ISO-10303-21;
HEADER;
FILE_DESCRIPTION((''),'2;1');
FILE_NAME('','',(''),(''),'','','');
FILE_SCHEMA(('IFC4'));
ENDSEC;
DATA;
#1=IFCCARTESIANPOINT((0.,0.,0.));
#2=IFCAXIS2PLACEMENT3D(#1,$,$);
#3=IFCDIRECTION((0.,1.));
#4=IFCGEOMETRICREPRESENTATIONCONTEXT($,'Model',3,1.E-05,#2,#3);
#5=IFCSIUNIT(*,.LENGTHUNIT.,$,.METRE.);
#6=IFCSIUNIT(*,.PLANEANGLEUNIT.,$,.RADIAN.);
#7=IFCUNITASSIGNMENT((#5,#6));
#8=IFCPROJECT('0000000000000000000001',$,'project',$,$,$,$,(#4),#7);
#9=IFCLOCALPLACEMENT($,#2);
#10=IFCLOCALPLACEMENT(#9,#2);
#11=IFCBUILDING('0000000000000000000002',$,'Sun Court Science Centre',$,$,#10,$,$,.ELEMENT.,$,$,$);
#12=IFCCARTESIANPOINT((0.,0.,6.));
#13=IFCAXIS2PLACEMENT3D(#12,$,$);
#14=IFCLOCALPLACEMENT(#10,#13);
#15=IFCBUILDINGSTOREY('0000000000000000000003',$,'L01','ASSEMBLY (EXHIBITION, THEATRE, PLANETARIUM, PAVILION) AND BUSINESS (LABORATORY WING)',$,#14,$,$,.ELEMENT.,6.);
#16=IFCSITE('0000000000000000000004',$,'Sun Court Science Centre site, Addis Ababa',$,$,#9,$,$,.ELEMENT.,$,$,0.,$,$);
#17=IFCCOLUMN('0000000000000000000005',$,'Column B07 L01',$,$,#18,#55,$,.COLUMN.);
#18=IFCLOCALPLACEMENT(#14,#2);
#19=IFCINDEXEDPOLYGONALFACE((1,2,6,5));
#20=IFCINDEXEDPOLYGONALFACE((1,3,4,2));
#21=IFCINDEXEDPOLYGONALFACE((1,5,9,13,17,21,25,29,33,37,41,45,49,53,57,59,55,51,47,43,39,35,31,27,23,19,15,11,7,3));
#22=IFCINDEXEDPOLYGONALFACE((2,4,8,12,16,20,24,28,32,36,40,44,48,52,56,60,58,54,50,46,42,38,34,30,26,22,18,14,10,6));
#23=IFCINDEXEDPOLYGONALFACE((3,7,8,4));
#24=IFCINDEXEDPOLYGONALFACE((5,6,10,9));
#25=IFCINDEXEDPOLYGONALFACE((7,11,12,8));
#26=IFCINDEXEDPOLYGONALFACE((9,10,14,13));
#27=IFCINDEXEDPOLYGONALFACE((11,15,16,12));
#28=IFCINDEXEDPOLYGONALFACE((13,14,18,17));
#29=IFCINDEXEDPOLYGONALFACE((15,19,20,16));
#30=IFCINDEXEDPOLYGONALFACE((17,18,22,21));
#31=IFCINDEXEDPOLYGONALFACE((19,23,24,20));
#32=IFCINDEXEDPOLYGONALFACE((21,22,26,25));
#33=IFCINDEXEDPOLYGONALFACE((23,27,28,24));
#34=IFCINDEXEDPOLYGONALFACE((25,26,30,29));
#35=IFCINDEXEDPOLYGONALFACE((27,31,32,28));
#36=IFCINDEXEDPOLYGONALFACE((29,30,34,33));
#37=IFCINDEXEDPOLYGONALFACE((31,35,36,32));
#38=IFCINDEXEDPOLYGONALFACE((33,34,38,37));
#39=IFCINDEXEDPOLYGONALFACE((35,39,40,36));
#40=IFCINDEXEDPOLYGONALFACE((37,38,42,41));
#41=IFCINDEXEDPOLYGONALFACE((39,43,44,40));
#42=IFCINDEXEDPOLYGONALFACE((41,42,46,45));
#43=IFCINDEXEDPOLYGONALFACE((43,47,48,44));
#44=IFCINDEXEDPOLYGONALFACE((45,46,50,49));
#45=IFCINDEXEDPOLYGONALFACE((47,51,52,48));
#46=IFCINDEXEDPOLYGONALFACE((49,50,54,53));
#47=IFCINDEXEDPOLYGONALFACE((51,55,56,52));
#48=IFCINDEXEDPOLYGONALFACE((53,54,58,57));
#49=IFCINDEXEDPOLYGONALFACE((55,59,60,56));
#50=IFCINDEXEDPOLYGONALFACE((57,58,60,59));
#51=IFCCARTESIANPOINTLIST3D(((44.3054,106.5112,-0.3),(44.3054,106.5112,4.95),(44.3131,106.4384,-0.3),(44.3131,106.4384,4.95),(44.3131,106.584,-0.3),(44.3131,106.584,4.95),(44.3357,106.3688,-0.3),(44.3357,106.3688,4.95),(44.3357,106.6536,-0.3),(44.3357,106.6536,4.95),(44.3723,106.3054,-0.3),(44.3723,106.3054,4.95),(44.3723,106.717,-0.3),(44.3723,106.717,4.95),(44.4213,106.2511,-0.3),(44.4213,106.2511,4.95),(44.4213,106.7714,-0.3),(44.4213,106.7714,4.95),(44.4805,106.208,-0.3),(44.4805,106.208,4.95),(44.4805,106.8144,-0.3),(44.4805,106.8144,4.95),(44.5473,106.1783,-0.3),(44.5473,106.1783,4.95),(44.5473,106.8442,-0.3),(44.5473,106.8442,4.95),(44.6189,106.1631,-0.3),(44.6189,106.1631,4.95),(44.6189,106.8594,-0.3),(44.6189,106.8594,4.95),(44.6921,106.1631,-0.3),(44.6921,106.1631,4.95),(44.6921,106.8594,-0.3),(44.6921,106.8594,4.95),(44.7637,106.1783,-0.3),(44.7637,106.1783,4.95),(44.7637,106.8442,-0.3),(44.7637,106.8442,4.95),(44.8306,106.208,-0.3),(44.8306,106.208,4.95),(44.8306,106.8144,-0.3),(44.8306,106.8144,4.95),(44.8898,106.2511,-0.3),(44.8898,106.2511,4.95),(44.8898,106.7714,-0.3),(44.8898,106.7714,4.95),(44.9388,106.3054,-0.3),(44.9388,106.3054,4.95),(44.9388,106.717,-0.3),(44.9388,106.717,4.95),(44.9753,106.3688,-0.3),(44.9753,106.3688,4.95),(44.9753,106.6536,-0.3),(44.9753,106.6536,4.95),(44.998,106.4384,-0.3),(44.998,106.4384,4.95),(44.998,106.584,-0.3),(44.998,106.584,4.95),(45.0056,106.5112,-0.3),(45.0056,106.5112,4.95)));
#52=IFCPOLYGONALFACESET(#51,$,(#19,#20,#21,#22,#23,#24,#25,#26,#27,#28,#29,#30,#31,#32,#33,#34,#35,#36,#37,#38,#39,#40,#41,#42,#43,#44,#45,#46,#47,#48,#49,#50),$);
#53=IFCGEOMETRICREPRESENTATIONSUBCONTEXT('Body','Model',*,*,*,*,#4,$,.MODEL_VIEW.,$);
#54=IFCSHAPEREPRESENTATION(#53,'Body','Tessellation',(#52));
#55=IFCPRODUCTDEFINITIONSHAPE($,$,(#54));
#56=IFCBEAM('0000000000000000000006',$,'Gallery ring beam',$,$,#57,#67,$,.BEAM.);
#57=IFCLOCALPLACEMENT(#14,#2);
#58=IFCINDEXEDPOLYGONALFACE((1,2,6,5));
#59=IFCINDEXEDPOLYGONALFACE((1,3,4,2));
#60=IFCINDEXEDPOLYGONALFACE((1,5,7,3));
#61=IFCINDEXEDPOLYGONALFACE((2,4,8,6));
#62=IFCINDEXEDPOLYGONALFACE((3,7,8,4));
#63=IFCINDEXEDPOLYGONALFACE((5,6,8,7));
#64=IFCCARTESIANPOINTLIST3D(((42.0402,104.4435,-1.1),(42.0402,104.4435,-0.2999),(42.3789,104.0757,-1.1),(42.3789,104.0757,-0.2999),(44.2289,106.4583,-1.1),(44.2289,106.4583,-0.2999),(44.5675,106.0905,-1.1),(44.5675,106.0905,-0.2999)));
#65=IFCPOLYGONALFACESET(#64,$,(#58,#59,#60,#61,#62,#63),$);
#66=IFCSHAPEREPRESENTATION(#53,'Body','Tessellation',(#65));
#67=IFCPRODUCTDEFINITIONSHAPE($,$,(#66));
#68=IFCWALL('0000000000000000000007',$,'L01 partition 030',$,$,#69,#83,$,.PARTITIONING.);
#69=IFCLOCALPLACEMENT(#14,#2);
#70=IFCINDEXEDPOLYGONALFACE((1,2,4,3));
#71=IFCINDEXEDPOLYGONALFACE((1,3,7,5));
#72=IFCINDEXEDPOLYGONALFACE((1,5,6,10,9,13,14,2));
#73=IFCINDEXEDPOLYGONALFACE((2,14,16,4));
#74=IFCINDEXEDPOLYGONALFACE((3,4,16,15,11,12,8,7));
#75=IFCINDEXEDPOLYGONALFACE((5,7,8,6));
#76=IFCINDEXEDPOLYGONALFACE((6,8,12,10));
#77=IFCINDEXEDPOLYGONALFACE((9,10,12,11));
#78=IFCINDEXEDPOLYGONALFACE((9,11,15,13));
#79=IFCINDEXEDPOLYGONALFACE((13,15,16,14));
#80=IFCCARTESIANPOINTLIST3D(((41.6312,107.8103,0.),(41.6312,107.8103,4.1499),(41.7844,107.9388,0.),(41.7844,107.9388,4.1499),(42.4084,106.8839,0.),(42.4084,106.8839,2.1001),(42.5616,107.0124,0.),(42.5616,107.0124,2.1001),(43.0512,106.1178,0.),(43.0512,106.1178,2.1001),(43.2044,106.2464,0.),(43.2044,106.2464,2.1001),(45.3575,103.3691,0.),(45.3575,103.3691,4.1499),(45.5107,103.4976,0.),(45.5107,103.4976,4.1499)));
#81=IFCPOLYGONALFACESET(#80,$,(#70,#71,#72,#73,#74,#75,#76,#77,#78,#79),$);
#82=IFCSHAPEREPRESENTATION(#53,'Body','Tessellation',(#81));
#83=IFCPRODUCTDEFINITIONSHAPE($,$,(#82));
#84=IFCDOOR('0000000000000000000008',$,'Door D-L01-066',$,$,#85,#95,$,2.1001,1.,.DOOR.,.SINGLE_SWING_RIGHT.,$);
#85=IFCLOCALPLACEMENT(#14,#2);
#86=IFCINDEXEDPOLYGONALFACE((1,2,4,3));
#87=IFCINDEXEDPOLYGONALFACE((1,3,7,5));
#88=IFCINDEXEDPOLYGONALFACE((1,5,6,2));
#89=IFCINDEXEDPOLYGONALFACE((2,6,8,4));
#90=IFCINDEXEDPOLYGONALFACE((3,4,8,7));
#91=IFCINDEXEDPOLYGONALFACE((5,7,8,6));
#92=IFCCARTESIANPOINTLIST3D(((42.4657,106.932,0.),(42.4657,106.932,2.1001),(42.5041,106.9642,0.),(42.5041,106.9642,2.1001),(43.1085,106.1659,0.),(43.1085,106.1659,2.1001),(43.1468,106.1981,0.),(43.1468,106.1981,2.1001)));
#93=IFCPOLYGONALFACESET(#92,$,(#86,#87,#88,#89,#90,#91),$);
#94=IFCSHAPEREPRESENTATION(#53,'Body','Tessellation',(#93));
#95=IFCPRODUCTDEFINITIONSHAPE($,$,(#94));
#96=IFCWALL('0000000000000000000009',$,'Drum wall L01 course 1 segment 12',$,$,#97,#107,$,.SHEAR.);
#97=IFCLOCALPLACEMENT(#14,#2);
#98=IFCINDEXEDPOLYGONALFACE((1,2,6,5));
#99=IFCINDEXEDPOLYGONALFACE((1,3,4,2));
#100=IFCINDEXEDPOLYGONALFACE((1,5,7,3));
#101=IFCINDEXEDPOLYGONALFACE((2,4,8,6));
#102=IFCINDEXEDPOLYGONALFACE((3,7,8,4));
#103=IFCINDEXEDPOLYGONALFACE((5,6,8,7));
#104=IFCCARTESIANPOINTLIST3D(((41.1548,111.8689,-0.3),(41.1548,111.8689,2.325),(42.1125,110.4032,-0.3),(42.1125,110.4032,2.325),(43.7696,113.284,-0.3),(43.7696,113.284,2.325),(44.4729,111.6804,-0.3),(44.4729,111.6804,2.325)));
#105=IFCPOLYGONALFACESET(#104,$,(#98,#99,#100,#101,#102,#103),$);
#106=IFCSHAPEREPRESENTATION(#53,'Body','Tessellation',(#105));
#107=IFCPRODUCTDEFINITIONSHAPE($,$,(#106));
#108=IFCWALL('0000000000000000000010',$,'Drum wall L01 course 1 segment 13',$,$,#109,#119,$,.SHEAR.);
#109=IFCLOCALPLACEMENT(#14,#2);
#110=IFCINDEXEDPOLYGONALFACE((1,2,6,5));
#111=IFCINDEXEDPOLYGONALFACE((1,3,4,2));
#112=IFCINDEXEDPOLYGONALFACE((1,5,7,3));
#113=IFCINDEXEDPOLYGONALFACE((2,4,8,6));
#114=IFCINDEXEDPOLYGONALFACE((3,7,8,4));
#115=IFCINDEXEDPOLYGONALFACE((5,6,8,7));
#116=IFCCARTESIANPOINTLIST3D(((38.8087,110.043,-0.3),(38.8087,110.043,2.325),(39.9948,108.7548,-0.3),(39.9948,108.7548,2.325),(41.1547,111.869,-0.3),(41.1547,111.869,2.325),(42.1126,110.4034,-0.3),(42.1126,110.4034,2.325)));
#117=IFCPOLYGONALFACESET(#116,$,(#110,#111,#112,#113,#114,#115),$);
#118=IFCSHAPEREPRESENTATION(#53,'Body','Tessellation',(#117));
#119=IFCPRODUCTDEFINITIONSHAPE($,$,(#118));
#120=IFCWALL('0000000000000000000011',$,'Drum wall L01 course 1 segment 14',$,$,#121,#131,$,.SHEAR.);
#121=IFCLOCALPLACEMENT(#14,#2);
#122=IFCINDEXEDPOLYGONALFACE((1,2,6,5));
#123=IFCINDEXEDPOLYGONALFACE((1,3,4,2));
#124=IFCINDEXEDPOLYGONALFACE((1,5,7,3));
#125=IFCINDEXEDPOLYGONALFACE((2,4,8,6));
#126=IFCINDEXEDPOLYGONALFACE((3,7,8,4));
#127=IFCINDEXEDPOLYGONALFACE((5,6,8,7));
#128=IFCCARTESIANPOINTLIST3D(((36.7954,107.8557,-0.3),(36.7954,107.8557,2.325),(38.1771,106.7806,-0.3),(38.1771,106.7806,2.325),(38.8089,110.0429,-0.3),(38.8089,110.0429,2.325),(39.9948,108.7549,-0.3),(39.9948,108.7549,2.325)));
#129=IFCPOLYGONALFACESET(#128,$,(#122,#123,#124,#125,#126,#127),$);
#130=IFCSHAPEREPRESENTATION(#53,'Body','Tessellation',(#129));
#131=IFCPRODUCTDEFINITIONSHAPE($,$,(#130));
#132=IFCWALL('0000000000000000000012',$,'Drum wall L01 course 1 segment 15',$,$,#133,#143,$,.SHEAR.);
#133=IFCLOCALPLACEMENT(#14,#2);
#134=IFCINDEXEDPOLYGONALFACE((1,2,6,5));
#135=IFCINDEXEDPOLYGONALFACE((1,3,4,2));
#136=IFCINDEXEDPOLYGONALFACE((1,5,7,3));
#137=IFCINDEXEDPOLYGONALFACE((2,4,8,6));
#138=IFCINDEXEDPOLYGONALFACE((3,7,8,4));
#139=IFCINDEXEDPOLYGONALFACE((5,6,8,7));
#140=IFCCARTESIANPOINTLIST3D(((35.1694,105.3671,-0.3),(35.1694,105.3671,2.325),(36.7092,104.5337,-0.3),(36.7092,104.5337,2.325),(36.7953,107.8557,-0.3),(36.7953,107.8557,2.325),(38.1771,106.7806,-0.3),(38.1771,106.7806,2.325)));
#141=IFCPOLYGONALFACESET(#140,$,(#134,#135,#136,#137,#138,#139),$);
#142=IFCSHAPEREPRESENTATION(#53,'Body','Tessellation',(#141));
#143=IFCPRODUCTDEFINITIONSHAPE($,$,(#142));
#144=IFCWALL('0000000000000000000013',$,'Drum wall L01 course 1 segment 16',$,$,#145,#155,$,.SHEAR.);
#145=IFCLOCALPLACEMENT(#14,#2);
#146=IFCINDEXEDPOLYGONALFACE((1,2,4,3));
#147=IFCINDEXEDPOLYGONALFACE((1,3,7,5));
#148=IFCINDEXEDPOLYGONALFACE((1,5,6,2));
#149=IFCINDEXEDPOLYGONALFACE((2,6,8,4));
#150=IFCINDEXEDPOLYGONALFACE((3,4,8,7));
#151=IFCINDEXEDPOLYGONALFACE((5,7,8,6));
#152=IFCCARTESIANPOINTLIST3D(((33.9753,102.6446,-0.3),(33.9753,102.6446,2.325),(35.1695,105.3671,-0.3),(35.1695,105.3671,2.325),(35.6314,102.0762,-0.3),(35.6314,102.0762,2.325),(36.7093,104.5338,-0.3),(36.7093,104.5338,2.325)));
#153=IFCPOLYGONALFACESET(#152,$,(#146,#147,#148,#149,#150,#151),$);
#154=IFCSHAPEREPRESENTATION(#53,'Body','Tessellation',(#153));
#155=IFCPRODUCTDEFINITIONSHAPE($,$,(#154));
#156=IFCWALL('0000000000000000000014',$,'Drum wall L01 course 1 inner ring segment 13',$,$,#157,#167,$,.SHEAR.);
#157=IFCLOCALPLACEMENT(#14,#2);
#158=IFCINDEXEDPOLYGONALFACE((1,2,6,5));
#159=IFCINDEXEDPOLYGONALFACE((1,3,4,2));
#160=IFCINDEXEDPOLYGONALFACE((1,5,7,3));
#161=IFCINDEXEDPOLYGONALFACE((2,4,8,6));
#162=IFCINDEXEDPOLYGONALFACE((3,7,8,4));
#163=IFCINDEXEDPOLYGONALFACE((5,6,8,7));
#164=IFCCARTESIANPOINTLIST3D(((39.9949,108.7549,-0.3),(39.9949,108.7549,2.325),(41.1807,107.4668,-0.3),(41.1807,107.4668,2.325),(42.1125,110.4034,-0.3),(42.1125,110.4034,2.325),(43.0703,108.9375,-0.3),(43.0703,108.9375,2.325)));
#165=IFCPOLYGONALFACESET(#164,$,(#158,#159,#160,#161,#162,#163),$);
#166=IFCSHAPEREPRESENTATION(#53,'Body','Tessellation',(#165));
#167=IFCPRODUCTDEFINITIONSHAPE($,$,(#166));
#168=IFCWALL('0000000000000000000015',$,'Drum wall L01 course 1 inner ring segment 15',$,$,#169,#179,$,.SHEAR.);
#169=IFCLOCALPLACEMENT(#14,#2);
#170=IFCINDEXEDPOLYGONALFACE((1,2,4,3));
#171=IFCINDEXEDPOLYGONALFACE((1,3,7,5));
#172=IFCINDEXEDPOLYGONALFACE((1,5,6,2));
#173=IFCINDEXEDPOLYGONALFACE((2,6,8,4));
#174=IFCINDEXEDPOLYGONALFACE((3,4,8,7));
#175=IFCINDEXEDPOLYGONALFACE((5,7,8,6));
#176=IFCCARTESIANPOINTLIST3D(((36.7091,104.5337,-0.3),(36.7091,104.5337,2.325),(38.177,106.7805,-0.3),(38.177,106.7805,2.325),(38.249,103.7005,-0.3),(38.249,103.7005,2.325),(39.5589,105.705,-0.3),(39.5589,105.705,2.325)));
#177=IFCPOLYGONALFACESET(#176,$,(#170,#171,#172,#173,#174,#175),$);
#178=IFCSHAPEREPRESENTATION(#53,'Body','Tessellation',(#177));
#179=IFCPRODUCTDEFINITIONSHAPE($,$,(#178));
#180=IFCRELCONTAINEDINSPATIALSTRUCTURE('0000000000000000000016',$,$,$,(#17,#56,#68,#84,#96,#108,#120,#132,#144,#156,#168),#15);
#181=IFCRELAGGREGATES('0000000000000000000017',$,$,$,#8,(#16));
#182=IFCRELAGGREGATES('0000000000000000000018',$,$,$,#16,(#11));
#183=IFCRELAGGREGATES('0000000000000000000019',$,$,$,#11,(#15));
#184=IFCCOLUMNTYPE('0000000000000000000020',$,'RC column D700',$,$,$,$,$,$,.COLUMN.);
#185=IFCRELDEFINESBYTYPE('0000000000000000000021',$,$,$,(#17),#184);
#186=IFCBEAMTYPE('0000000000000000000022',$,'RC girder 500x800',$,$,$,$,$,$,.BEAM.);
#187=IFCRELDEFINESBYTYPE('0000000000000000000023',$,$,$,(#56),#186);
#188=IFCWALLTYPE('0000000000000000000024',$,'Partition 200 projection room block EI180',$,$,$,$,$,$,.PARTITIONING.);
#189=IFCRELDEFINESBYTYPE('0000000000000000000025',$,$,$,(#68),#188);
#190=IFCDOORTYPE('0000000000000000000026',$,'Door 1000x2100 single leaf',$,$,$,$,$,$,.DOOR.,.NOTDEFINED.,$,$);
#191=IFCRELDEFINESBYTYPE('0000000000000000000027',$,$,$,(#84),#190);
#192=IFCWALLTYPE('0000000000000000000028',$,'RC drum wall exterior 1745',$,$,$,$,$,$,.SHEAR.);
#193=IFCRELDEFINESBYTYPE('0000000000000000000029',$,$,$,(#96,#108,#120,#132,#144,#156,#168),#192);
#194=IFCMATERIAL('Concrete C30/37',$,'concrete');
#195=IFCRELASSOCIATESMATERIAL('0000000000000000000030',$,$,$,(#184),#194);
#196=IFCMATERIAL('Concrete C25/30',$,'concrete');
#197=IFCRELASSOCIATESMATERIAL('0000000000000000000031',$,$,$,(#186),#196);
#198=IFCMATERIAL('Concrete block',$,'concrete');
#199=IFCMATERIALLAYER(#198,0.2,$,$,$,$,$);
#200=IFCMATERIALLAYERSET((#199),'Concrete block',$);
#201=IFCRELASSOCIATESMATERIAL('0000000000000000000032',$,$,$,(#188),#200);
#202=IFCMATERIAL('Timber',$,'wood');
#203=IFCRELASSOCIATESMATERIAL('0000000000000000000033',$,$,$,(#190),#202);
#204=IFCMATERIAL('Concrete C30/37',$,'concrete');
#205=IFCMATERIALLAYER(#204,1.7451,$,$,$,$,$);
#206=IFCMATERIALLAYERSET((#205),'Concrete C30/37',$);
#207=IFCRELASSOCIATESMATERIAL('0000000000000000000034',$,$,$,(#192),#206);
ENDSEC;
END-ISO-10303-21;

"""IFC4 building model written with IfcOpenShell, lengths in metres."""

from ifc_helpers import new_model, si_unit, direction, frame, frame_2d, origin, origin_2d, place, context, subcontext, project, spatial, polyline, rectangle, circle, outline, extrude, material, layer, layer_set, material_profile, profile_set, type_object, element, fill, save


model = new_model("IFC4")

# Units and contexts
model_context = context("Model", 3, precision=1e-05, world=origin(), true_north=direction((0.0, 1.0)))
body_context = subcontext(model_context, "Body", "Model", "MODEL_VIEW")
ifc_project = project(units=[si_unit("LENGTHUNIT", "METRE"), si_unit("PLANEANGLEUNIT", "RADIAN")], contexts=[model_context])

# Site, building, storey
site_placement = place(None, origin())
site = spatial("IfcSite", under=ifc_project, at=site_placement, Name="Sun Court Science Centre site, Addis Ababa", CompositionType="ELEMENT", RefElevation=0.0)
building_placement = place(site_placement, origin())
building = spatial("IfcBuilding", under=site, at=building_placement, Name="Sun Court Science Centre", CompositionType="ELEMENT")
storey_placement = place(building_placement, frame((0.0, 0.0, 6.0)))
storey = spatial("IfcBuildingStorey", under=building, at=storey_placement, Name="L01", Description="ASSEMBLY (EXHIBITION, THEATRE, PLANETARIUM, PAVILION) AND BUSINESS (LABORATORY WING)", CompositionType="ELEMENT", Elevation=6.0)

# Column
ifc_material_1 = material(Name="Concrete C30/37", Category="concrete")
ifc_material_profile_1 = material_profile(ifc_material_1, circle(Radius=0.3501, at=origin_2d()), Name="RC D700")
ifc_profile_set_1 = profile_set([ifc_material_profile_1], Name="Concrete C30/37")
column_type = type_object("IfcColumnType", Name="RC column D700", PredefinedType="COLUMN", material=ifc_profile_set_1)
column_placement = place(storey_placement, frame((44.6555, 106.5112, -0.3), z_axis=(0.0, 0.0, 1.0), x_axis=(1.0, 0.0, 0.0)))
element("IfcColumn", 1, at=column_placement, inside=storey, type_object=column_type, Name="Column B07 L01", PredefinedType="COLUMN", context=body_context, shape_type="SweptSolid", body=[
    extrude(circle(Radius=0.3501, at=origin_2d()), origin(), (0.0, 0.0, 1.0), 5.25),
])

# Beam
ifc_material_2 = material(Name="Concrete C25/30", Category="concrete")
ifc_material_profile_2 = material_profile(ifc_material_2, rectangle(XDim=0.5, YDim=0.8, at=origin_2d()), Name="RC 500x800")
ifc_profile_set_2 = profile_set([ifc_material_profile_2], Name="Concrete C25/30")
beam_type = type_object("IfcBeamType", Name="RC girder 500x800", PredefinedType="BEAM", material=ifc_profile_set_2)
beam_placement = place(storey_placement, frame((44.3982, 106.2744, -0.7), z_axis=(-0.735718, -0.677288, 0.0), x_axis=(0.677288, -0.735718, 0.0)))
element("IfcBeam", 2, at=beam_placement, inside=storey, type_object=beam_type, Name="Gallery ring beam", PredefinedType="BEAM", context=body_context, shape_type="SweptSolid", body=[
    extrude(rectangle(XDim=0.5, YDim=0.8, at=origin_2d()), origin(), (0.0, 0.0, 1.0), 2.9749),
])

# Wall, opening, door
ifc_material_3 = material(Name="Concrete block", Category="concrete")
ifc_layer_1 = layer(ifc_material_3, 0.2)
ifc_layer_set_1 = layer_set([ifc_layer_1], Name="Concrete block")
wall_type_1 = type_object("IfcWallType", Name="Partition 200 projection room block EI180", PredefinedType="PARTITIONING", material=ifc_layer_set_1)
wall_1_placement = place(storey_placement, frame((41.7078, 107.8745, 0.0), z_axis=(0.0, 0.0, 1.0), x_axis=(0.642761, -0.766066, 0.0)))
wall_1 = element("IfcWall", 3, at=wall_1_placement, inside=storey, type_object=wall_type_1, Name="L01 partition 030", PredefinedType="PARTITIONING", context=body_context, shape_type="SweptSolid", body=[
    extrude(rectangle(XDim=5.7974, YDim=0.2, at=frame_2d((2.8987, 0.0))), origin(), (0.0, 0.0, 1.0), 4.1499),
])
opening_placement = place(wall_1_placement, frame((1.2092, 0.0, 0.0)))
opening = element("IfcOpeningElement", 4, at=opening_placement, cuts=wall_1, PredefinedType="OPENING", context=body_context, shape_type="SweptSolid", body=[
    extrude(rectangle(XDim=1.0, YDim=2.1001, at=frame_2d((0.5, 1.05))), frame((0.0, 0.1099, 0.0), z_axis=(0.0, -1.0, 0.0), x_axis=(1.0, 0.0, 0.0)), (0.0, 0.0, 1.0), 0.22),
])
ifc_material_4 = material(Name="Timber", Category="wood")
door_type = type_object("IfcDoorType", Name="Door 1000x2100 single leaf", OperationType="NOTDEFINED", PredefinedType="DOOR", material=ifc_material_4)
door_placement = place(opening_placement, origin())
door = element("IfcDoor", 5, at=door_placement, inside=storey, type_object=door_type, Name="Door D-L01-066", OperationType="SINGLE_SWING_RIGHT", OverallHeight=2.1001, OverallWidth=1.0, PredefinedType="DOOR", context=body_context, shape_type="SweptSolid", body=[
    extrude(rectangle(XDim=1.0, YDim=2.1001, at=frame_2d((0.5, 1.05))), frame((0.0, 0.0249, 0.0), z_axis=(0.0, -1.0, 0.0), x_axis=(1.0, 0.0, 0.0)), (0.0, 0.0, 1.0), 0.05),
])
fill(opening, door)

# Walls
ifc_material_5 = material(Name="Concrete C30/37", Category="concrete")
ifc_layer_2 = layer(ifc_material_5, 1.7451)
ifc_layer_set_2 = layer_set([ifc_layer_2], Name="Concrete C30/37")
wall_type_2 = type_object("IfcWallType", Name="RC drum wall exterior 1745", PredefinedType="SHEAR", material=ifc_layer_set_2)
wall_2_placement = place(storey_placement, frame((44.1848, 112.5166, -0.3), z_axis=(0.0, 0.0, 1.0), x_axis=(-0.879507, -0.475886, 0.0)))
element("IfcWall", 6, at=wall_2_placement, inside=storey, type_object=wall_type_2, Name="Drum wall L01 course 1 segment 12", PredefinedType="SHEAR", context=body_context, shape_type="SweptSolid", body=[
    extrude(outline(polyline([(0.0, -0.8726), (2.9731, -0.8723), (2.8284, 0.8726), (0.1445, 0.8726), (0.0, -0.8726)])), origin(), (0.0, 0.0, 1.0), 2.625),
])
wall_3_placement = place(storey_placement, frame((41.6907, 111.1804, -0.3), z_axis=(0.0, 0.0, 1.0), x_axis=(-0.78914, -0.614213, 0.0)))
element("IfcWall", 7, at=wall_3_placement, inside=storey, type_object=wall_type_2, Name="Drum wall L01 course 1 segment 13", PredefinedType="SHEAR", context=body_context, shape_type="SweptSolid", body=[
    extrude(outline(polyline([(0.0, -0.8726), (2.9729, -0.8726), (2.8281, 0.8726), (0.1443, 0.8723), (0.0, -0.8726)])), origin(), (0.0, 0.0, 1.0), 2.625),
])
wall_4_placement = place(storey_placement, frame((39.4507, 109.4521, -0.3), z_axis=(0.0, 0.0, 1.0), x_axis=(-0.677266, -0.735738, 0.0)))
element("IfcWall", 8, at=wall_4_placement, inside=storey, type_object=wall_type_2, Name="Drum wall L01 course 1 segment 14", PredefinedType="SHEAR", context=body_context, shape_type="SweptSolid", body=[
    extrude(outline(polyline([(0.0, -0.8723), (2.9729, -0.8723), (2.8281, 0.8723), (0.1445, 0.8726), (0.0, -0.8723)])), origin(), (0.0, 0.0, 1.0), 2.625),
])
wall_5_placement = place(storey_placement, frame((37.5259, 107.3787, -0.3), z_axis=(0.0, 0.0, 1.0), x_axis=(-0.546944, -0.837169, 0.0)))
element("IfcWall", 9, at=wall_5_placement, inside=storey, type_object=wall_type_2, Name="Drum wall L01 course 1 segment 15", PredefinedType="SHEAR", context=body_context, shape_type="SweptSolid", body=[
    extrude(outline(polyline([(0.0002, -0.8726), (2.9729, -0.8726), (2.8284, 0.8723), (0.1445, 0.8723), (0.0002, -0.8726)])), origin(), (0.0, 0.0, 1.0), 2.625),
])
wall_6_placement = place(storey_placement, frame((35.9685, 105.0166, -0.3), z_axis=(0.0, 0.0, 1.0), x_axis=(-0.401745, -0.915752, 0.0)))
element("IfcWall", 10, at=wall_6_placement, inside=storey, type_object=wall_type_2, Name="Drum wall L01 course 1 segment 16", PredefinedType="SHEAR", context=body_context, shape_type="SweptSolid", body=[
    extrude(outline(polyline([(0.0, -0.8726), (2.9729, -0.8723), (2.8281, 0.8726), (0.1445, 0.8723), (0.0, -0.8726)])), origin(), (0.0, 0.0, 1.0), 2.625),
])
wall_7_placement = place(storey_placement, frame((42.6484, 109.7148, -0.3), z_axis=(0.0, 0.0, 1.0), x_axis=(-0.789142, -0.614211, 0.0)))
element("IfcWall", 11, at=wall_7_placement, inside=storey, type_object=wall_type_2, Name="Drum wall L01 course 1 inner ring segment 13", PredefinedType="SHEAR", context=body_context, shape_type="SweptSolid", body=[
    extrude(outline(polyline([(0.0, -0.8726), (2.6836, -0.8723), (2.5391, 0.8726), (0.1445, 0.8726), (0.0, -0.8726)])), origin(), (0.0, 0.0, 1.0), 2.625),
])
wall_8_placement = place(storey_placement, frame((38.9075, 106.3032, -0.3), z_axis=(0.0, 0.0, 1.0), x_axis=(-0.54695, -0.837165, 0.0)))
element("IfcWall", 12, at=wall_8_placement, inside=storey, type_object=wall_type_2, Name="Drum wall L01 course 1 inner ring segment 15", PredefinedType="SHEAR", context=body_context, shape_type="SweptSolid", body=[
    extrude(outline(polyline([(0.0, -0.8726), (2.6838, -0.8726), (2.5391, 0.8723), (0.1445, 0.8726), (0.0, -0.8726)])), origin(), (0.0, 0.0, 1.0), 2.625),
])

save(model, "model.ifc")
